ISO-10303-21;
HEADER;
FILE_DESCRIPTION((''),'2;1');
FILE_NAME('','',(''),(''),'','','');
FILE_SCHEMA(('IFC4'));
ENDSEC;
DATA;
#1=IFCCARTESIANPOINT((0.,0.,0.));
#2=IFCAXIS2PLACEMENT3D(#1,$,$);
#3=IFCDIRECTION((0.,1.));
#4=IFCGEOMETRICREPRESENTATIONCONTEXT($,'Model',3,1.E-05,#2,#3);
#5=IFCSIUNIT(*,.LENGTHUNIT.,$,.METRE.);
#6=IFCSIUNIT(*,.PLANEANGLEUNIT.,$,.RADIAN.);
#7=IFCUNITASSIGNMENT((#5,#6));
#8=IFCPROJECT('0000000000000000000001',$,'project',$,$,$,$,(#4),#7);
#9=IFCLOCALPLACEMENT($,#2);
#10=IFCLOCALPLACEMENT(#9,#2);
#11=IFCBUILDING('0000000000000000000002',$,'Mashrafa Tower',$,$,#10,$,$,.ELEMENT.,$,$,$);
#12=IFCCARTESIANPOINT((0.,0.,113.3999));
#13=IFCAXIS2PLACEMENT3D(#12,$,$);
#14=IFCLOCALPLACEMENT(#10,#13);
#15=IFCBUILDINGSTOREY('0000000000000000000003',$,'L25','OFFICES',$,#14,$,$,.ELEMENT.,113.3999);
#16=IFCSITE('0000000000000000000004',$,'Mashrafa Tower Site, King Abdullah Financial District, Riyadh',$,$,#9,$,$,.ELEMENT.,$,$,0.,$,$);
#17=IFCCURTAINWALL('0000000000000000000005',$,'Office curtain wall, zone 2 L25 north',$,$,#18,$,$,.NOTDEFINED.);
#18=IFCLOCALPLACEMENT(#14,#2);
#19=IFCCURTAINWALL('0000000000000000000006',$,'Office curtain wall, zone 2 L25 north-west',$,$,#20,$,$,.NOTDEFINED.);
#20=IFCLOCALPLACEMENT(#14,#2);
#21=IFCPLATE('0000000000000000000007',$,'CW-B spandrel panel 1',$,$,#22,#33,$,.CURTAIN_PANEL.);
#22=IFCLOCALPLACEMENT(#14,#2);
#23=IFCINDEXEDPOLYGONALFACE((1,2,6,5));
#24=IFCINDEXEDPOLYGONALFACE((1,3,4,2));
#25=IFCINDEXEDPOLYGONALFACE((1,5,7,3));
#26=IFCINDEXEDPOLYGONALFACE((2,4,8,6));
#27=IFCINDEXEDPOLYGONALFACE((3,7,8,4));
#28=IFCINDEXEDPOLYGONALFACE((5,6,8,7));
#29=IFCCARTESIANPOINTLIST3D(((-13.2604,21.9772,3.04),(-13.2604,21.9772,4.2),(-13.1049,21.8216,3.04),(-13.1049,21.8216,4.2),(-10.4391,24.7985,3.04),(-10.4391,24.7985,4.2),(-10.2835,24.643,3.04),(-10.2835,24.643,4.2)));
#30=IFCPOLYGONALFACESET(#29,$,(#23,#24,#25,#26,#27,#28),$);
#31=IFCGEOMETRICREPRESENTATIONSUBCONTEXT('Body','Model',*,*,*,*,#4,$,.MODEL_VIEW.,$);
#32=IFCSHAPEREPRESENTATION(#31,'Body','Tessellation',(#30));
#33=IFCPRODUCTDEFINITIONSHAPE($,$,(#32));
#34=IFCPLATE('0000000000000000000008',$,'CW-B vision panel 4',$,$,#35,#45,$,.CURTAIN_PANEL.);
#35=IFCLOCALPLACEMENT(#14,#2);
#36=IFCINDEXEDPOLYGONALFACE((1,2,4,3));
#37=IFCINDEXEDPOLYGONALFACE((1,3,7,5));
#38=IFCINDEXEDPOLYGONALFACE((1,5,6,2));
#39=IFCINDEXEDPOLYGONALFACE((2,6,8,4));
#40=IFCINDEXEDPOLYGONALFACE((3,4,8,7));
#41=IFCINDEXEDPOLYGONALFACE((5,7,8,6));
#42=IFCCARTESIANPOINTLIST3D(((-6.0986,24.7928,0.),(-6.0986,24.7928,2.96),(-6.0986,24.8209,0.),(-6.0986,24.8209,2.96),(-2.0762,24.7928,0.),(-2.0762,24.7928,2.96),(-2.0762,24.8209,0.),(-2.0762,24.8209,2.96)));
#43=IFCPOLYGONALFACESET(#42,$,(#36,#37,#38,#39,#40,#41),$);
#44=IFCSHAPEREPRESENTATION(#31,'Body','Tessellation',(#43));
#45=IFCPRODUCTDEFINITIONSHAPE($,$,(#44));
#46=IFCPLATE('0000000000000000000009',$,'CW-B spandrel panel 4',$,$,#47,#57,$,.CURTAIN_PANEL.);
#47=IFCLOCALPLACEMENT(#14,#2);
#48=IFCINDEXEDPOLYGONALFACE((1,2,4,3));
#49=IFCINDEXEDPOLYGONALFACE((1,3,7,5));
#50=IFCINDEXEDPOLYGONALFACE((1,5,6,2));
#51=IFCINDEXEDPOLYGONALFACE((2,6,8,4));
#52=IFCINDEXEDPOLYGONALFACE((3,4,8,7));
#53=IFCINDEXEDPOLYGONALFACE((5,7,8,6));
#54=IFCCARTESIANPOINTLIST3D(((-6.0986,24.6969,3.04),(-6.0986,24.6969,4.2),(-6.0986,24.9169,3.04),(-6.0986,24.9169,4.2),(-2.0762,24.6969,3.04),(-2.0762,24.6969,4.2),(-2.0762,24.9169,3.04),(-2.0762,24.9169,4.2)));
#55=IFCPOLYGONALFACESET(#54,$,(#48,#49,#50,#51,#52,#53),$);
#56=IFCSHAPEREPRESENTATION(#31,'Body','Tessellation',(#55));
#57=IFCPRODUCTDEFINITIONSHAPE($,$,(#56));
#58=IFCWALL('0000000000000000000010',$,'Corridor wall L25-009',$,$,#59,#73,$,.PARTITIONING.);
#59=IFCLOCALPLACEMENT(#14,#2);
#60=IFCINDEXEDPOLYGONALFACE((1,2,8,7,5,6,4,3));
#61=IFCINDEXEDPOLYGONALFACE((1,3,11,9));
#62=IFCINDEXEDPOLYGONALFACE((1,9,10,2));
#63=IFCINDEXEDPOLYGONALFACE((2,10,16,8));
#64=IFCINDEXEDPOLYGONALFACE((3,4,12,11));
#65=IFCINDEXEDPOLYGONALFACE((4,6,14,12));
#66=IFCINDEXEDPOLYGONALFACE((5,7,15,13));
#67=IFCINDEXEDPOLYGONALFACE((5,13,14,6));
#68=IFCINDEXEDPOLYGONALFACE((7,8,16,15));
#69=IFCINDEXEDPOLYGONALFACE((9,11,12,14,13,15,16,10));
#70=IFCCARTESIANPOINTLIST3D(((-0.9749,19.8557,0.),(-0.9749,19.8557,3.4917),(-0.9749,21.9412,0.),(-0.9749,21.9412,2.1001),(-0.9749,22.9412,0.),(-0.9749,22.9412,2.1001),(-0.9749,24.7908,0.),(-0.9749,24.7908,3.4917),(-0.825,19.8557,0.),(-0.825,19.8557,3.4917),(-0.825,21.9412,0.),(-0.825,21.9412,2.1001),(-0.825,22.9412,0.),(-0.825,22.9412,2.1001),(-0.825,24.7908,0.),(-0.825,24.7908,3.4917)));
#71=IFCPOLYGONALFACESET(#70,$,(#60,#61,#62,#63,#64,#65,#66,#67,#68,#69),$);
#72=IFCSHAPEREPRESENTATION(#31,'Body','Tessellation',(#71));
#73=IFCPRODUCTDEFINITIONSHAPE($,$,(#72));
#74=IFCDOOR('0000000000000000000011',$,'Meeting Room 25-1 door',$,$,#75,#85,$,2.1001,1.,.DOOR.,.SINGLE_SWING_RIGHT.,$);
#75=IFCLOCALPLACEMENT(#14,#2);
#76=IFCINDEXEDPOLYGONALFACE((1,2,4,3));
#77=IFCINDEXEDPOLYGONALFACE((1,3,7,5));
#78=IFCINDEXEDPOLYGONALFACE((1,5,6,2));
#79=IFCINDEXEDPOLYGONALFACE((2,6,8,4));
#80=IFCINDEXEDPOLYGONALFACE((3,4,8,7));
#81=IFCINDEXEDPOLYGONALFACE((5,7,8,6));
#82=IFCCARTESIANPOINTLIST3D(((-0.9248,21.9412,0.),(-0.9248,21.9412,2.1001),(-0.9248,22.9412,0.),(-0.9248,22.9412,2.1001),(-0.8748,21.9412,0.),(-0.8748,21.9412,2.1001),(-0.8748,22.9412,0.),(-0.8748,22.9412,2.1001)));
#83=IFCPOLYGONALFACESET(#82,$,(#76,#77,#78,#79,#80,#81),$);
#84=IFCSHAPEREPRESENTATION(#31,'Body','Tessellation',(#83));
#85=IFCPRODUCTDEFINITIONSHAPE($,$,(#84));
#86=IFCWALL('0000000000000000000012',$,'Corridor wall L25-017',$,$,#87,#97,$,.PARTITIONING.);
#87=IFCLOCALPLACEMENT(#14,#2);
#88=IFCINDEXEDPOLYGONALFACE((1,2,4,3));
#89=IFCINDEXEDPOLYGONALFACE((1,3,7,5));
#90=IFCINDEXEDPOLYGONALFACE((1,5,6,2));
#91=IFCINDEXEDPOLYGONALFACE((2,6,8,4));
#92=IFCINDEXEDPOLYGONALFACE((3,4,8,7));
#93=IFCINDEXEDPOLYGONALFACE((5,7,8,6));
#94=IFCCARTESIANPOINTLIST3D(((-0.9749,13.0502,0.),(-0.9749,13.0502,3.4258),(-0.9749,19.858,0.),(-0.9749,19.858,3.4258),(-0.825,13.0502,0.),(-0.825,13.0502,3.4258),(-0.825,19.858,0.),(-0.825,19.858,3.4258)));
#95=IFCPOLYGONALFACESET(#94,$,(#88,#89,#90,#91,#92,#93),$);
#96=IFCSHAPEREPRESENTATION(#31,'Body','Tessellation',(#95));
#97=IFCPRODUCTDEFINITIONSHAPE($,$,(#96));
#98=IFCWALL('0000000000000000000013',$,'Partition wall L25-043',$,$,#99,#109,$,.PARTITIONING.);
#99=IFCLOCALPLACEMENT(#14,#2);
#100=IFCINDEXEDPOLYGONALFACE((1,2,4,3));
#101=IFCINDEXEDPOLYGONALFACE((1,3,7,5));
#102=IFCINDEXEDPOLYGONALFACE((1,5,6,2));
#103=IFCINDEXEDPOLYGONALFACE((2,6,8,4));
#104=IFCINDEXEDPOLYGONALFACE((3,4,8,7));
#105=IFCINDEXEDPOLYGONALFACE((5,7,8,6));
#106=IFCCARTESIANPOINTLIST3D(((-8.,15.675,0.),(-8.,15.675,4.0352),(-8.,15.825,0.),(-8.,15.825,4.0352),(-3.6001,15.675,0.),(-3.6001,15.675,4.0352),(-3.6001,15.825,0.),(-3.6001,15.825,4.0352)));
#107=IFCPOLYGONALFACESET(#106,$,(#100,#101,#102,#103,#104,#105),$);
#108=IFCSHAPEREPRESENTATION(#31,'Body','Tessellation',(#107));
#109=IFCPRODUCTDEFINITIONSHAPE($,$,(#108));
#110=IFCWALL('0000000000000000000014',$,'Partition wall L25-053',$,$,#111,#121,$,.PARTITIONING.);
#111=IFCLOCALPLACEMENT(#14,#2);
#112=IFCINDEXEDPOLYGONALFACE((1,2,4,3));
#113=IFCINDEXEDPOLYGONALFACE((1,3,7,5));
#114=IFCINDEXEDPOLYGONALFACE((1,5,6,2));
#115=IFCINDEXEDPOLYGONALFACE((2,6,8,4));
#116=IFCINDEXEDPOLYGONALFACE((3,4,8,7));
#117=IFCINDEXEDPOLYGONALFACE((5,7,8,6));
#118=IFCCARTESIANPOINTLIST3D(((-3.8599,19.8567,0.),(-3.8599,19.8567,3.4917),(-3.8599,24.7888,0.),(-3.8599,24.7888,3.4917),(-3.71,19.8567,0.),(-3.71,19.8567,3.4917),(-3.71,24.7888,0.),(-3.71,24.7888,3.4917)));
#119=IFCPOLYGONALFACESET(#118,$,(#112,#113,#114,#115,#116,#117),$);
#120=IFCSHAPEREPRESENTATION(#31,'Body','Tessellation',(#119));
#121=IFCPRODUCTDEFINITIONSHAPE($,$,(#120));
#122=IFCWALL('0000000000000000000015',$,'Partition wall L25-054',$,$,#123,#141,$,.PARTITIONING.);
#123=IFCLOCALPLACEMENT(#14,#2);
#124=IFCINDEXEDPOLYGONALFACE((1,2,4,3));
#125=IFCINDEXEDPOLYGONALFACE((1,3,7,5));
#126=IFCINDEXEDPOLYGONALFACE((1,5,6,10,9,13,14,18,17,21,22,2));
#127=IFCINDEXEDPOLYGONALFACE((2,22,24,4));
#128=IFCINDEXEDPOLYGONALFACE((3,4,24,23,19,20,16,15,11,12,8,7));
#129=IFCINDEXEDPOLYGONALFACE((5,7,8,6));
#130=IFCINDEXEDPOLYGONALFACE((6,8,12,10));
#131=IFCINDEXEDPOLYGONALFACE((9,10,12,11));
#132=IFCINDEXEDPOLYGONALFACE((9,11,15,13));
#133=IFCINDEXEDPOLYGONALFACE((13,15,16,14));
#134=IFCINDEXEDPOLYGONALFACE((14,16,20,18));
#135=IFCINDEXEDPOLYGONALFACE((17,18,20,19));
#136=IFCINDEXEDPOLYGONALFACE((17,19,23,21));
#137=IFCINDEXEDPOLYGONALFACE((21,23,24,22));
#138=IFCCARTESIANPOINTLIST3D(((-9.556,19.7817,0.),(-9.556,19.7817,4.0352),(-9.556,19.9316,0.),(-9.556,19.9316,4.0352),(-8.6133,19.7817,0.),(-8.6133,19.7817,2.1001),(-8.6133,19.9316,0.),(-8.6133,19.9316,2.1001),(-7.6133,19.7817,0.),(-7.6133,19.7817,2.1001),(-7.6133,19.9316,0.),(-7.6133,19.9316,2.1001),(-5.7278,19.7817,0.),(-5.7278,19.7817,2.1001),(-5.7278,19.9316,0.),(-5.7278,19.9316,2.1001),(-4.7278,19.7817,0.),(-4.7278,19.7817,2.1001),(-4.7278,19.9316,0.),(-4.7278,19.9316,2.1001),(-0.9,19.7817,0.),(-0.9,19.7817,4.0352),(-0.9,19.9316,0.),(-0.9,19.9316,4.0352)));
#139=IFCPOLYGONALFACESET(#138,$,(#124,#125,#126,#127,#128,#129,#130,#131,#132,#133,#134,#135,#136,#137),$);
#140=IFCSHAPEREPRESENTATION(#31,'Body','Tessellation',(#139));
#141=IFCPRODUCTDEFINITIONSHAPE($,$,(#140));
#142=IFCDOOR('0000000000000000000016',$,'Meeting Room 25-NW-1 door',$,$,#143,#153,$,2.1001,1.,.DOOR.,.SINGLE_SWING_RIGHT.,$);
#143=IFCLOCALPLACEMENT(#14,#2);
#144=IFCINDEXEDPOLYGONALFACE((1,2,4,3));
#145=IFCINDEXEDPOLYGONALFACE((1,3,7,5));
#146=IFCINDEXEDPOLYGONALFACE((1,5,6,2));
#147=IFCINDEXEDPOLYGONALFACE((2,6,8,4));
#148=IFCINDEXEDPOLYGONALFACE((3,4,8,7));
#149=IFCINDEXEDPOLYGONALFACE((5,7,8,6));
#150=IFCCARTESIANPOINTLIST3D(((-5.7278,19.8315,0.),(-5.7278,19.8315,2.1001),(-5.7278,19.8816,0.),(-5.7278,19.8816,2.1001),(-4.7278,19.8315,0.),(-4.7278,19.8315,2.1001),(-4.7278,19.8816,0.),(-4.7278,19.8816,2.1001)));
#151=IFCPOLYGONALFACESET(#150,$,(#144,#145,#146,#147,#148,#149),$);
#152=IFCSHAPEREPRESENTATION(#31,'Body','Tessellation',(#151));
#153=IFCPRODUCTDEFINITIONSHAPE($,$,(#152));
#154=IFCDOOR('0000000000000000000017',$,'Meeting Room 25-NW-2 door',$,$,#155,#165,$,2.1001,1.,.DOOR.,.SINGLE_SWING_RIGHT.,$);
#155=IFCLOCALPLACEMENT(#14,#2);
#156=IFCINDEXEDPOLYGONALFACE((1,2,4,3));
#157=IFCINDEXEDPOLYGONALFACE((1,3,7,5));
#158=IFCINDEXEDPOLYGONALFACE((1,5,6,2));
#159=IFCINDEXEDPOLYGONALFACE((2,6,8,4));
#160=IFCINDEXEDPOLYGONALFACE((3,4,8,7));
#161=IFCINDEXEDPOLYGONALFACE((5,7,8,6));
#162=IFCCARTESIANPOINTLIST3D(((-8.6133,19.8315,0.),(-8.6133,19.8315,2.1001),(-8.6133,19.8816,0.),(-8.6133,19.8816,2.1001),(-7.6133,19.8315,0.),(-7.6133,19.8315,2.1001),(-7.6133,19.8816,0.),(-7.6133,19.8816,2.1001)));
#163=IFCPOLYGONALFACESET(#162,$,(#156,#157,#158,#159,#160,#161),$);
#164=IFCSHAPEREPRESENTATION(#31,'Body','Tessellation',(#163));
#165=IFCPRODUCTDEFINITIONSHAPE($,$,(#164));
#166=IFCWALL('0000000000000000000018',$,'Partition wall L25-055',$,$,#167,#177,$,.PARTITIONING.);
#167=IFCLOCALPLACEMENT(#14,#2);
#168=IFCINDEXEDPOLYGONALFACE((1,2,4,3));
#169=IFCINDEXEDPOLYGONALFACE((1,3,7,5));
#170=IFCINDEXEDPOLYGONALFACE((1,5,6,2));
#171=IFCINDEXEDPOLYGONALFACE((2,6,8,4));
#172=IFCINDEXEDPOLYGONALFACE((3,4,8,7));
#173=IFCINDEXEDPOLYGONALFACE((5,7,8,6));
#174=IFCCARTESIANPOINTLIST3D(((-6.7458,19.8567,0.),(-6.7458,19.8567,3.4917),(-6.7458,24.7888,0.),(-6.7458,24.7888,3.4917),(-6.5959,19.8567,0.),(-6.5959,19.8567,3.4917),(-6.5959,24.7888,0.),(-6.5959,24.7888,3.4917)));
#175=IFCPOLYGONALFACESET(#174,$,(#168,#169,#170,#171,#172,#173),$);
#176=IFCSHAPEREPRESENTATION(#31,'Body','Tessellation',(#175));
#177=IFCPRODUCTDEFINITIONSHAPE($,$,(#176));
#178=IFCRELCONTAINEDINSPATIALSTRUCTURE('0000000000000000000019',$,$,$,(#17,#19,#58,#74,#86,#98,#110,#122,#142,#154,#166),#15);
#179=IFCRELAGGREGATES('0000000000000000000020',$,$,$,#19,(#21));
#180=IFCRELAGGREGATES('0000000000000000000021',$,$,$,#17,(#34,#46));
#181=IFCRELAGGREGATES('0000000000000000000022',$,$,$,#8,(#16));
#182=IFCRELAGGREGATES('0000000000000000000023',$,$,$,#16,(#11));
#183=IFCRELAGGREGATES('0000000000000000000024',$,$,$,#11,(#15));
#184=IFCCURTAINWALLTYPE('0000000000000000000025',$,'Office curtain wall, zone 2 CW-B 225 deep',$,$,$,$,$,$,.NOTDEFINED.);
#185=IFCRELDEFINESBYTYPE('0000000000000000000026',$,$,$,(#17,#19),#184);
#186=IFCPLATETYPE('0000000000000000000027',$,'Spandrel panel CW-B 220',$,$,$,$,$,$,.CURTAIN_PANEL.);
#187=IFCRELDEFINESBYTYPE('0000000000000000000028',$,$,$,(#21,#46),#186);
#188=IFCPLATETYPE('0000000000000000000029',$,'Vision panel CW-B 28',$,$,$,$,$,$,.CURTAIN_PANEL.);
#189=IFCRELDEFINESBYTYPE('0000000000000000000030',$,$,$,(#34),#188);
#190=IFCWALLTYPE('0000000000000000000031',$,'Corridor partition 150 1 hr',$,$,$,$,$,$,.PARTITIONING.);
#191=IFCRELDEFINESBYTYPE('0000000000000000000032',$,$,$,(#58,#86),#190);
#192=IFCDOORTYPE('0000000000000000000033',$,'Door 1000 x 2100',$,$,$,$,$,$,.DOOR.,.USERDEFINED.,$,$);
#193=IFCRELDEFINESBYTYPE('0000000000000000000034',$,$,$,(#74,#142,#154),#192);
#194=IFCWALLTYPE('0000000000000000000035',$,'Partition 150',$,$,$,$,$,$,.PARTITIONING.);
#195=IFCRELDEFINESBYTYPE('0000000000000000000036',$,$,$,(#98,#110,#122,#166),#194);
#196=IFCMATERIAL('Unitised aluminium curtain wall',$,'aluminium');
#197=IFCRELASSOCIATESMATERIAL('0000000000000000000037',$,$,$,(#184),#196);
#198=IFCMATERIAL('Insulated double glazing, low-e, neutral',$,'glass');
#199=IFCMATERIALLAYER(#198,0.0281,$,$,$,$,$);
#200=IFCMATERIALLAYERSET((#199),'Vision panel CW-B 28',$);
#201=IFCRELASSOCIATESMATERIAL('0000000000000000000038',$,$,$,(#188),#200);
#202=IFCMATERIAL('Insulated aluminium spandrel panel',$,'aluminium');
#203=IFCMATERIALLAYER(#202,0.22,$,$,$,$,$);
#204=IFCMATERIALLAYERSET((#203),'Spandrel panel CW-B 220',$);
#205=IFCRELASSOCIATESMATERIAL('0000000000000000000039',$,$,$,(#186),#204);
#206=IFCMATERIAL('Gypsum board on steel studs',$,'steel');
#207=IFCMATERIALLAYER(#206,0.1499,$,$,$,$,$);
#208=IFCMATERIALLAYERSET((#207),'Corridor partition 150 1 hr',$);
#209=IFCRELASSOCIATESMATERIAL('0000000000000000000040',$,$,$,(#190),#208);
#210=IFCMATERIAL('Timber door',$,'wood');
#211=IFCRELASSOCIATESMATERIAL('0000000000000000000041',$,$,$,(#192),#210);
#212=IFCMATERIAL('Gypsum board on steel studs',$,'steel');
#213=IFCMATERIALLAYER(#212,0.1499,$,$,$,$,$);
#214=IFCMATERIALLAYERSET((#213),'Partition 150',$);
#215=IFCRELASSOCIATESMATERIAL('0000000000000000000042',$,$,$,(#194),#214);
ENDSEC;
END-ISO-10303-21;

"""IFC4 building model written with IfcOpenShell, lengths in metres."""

from ifc_helpers import new_model, si_unit, direction, frame, frame_2d, origin, origin_2d, place, context, subcontext, project, spatial, rectangle, extrude, source, transform, mapped, material, layer, layer_set, type_object, type_shapes, element, fill, aggregate, save


model = new_model("IFC4")

# Units and contexts
model_context = context("Model", 3, precision=1e-05, world=origin(), true_north=direction((0.0, 1.0)))
body_context = subcontext(model_context, "Body", "Model", "MODEL_VIEW")
ifc_project = project(units=[si_unit("LENGTHUNIT", "METRE"), si_unit("PLANEANGLEUNIT", "RADIAN")], contexts=[model_context])

# Site, building, storey
site_placement = place(None, origin())
site = spatial("IfcSite", under=ifc_project, at=site_placement, Name="Mashrafa Tower Site, King Abdullah Financial District, Riyadh", CompositionType="ELEMENT", RefElevation=0.0)
building_placement = place(site_placement, origin())
building = spatial("IfcBuilding", under=site, at=building_placement, Name="Mashrafa Tower", CompositionType="ELEMENT")
storey_placement = place(building_placement, frame((0.0, 0.0, 113.3999)))
storey = spatial("IfcBuildingStorey", under=building, at=storey_placement, Name="L25", Description="OFFICES", CompositionType="ELEMENT", Elevation=113.3999)

# Curtain wall
ifc_material_1 = material(Name="Unitised aluminium curtain wall", Category="aluminium")
curtain_wall_type = type_object("IfcCurtainWallType", Name="Office curtain wall, zone 2 CW-B 225 deep", PredefinedType="NOTDEFINED", material=ifc_material_1)
curtain_wall_1_placement = place(storey_placement, origin())
curtain_wall_1 = element("IfcCurtainWall", 1, at=curtain_wall_1_placement, inside=storey, type_object=curtain_wall_type, Name="Office curtain wall, zone 2 L25 north", PredefinedType="NOTDEFINED")

# Curtain wall
curtain_wall_2_placement = place(storey_placement, origin())
curtain_wall_2 = element("IfcCurtainWall", 2, at=curtain_wall_2_placement, inside=storey, type_object=curtain_wall_type, Name="Office curtain wall, zone 2 L25 north-west", PredefinedType="NOTDEFINED")

# Plates
ifc_material_2 = material(Name="Insulated double glazing, low-e, neutral", Category="glass")
ifc_layer_1 = layer(ifc_material_2, 0.0281)
ifc_layer_set_1 = layer_set([ifc_layer_1], Name="Vision panel CW-B 28")
plate_type_1 = type_object("IfcPlateType", Name="Vision panel CW-B 28", PredefinedType="CURTAIN_PANEL", material=ifc_layer_set_1)
ifc_material_3 = material(Name="Insulated aluminium spandrel panel", Category="aluminium")
ifc_layer_2 = layer(ifc_material_3, 0.22)
ifc_layer_set_2 = layer_set([ifc_layer_2], Name="Spandrel panel CW-B 220")
plate_type_2 = type_object("IfcPlateType", Name="Spandrel panel CW-B 220", PredefinedType="CURTAIN_PANEL", material=ifc_layer_set_2)
shared_shape_1 = source(origin(), body_context, "Body", "SweptSolid", [
    extrude(rectangle(XDim=3.99, YDim=0.22, at=origin_2d()), origin(), (0.0, 0.0, 1.0), 1.1599),
])
plate_1_placement = place(storey_placement, frame((-11.772, 23.3101, 3.04), z_axis=(0.0, 0.0, 1.0), x_axis=(-0.707107, -0.707107, 0.0)))
plate_1 = element("IfcPlate", 3, at=plate_1_placement, type_object=plate_type_2, Name="CW-B spandrel panel 1", PredefinedType="CURTAIN_PANEL", context=body_context, shape_type="MappedRepresentation", body=[
    mapped(shared_shape_1, transform((0.0, 0.0, 0.0))),
])
aggregate(curtain_wall_2, [plate_1])
shared_shape_2 = source(origin(), body_context, "Body", "SweptSolid", [
    extrude(rectangle(XDim=4.0225, YDim=0.0281, at=origin_2d()), origin(), (0.0, 0.0, 1.0), 2.96),
])
plate_2_placement = place(storey_placement, frame((-4.0874, 24.8069, 0.0), z_axis=(0.0, 0.0, 1.0), x_axis=(-1.0, 0.0, 0.0)))
plate_2 = element("IfcPlate", 4, at=plate_2_placement, type_object=plate_type_1, Name="CW-B vision panel 4", PredefinedType="CURTAIN_PANEL", context=body_context, shape_type="MappedRepresentation", body=[
    mapped(shared_shape_2, transform((0.0, 0.0, 0.0))),
])
shared_shape_3 = source(origin(), body_context, "Body", "SweptSolid", [
    extrude(rectangle(XDim=4.0225, YDim=0.22, at=origin_2d()), origin(), (0.0, 0.0, 1.0), 1.1599),
])
type_shapes(plate_type_2, [shared_shape_1, shared_shape_3])
plate_3_placement = place(storey_placement, frame((-4.0874, 24.8069, 3.04), z_axis=(0.0, 0.0, 1.0), x_axis=(-1.0, 0.0, 0.0)))
plate_3 = element("IfcPlate", 5, at=plate_3_placement, type_object=plate_type_2, Name="CW-B spandrel panel 4", PredefinedType="CURTAIN_PANEL", context=body_context, shape_type="MappedRepresentation", body=[
    mapped(shared_shape_3, transform((0.0, 0.0, 0.0))),
])
aggregate(curtain_wall_1, [plate_2, plate_3])

# Wall, opening, door
ifc_material_4 = material(Name="Gypsum board on steel studs", Category="steel")
ifc_layer_3 = layer(ifc_material_4, 0.1499)
ifc_layer_set_3 = layer_set([ifc_layer_3], Name="Corridor partition 150 1 hr")
wall_type_1 = type_object("IfcWallType", Name="Corridor partition 150 1 hr", PredefinedType="PARTITIONING", material=ifc_layer_set_3)
wall_1_placement = place(storey_placement, frame((-0.8999, 24.7908, 0.0), z_axis=(0.0, 0.0, 1.0), x_axis=(0.0, -1.0, 0.0)))
wall_1 = element("IfcWall", 6, at=wall_1_placement, inside=storey, type_object=wall_type_1, Name="Corridor wall L25-009", PredefinedType="PARTITIONING", context=body_context, shape_type="SweptSolid", body=[
    extrude(rectangle(XDim=4.9351, YDim=0.1499, at=frame_2d((2.4675, 0.0))), origin(), (0.0, 0.0, 1.0), 3.4917),
])
opening_1_placement = place(wall_1_placement, frame((1.8496, 0.0, 0.0)))
opening_1 = element("IfcOpeningElement", 7, at=opening_1_placement, cuts=wall_1, PredefinedType="OPENING", context=body_context, shape_type="SweptSolid", body=[
    extrude(rectangle(XDim=1.0, YDim=2.1001, at=frame_2d((0.5, 1.05))), frame((0.0, 0.085, 0.0), z_axis=(0.0, -1.0, 0.0), x_axis=(1.0, 0.0, 0.0)), (0.0, 0.0, 1.0), 0.1699),
])
ifc_material_5 = material(Name="Timber door", Category="wood")
door_type = type_object("IfcDoorType", Name="Door 1000 x 2100", OperationType="USERDEFINED", PredefinedType="DOOR", material=ifc_material_5)
door_1_placement = place(opening_1_placement, frame((1.0, 0.0, 0.0), z_axis=(0.0, 0.0, 1.0), x_axis=(-1.0, 0.0, 0.0)))
door_1 = element("IfcDoor", 8, at=door_1_placement, inside=storey, type_object=door_type, Name="Meeting Room 25-1 door", OperationType="SINGLE_SWING_RIGHT", OverallHeight=2.1001, OverallWidth=1.0, PredefinedType="DOOR", context=body_context, shape_type="SweptSolid", body=[
    extrude(rectangle(XDim=1.0, YDim=2.1001, at=frame_2d((0.5, 1.05))), frame((0.0, 0.0249, 0.0), z_axis=(0.0, -1.0, 0.0), x_axis=(1.0, 0.0, 0.0)), (0.0, 0.0, 1.0), 0.05),
])
fill(opening_1, door_1)

# Walls
wall_2_placement = place(storey_placement, frame((-0.8999, 19.8579, 0.0), z_axis=(0.0, 0.0, 1.0), x_axis=(0.0, -1.0, 0.0)))
element("IfcWall", 9, at=wall_2_placement, inside=storey, type_object=wall_type_1, Name="Corridor wall L25-017", PredefinedType="PARTITIONING", context=body_context, shape_type="SweptSolid", body=[
    extrude(rectangle(XDim=6.8079, YDim=0.1499, at=frame_2d((3.4038, 0.0))), origin(), (0.0, 0.0, 1.0), 3.4258),
])
ifc_material_6 = material(Name="Gypsum board on steel studs", Category="steel")
ifc_layer_4 = layer(ifc_material_6, 0.1499)
ifc_layer_set_4 = layer_set([ifc_layer_4], Name="Partition 150")
wall_type_2 = type_object("IfcWallType", Name="Partition 150", PredefinedType="PARTITIONING", material=ifc_layer_set_4)
wall_3_placement = place(storey_placement, frame((-3.6001, 15.75, 0.0), z_axis=(0.0, 0.0, 1.0), x_axis=(-1.0, 0.0, 0.0)))
element("IfcWall", 10, at=wall_3_placement, inside=storey, type_object=wall_type_2, Name="Partition wall L25-043", PredefinedType="PARTITIONING", context=body_context, shape_type="SweptSolid", body=[
    extrude(rectangle(XDim=4.3999, YDim=0.1499, at=frame_2d((2.2, 0.0))), origin(), (0.0, 0.0, 1.0), 4.0352),
])
wall_4_placement = place(storey_placement, frame((-3.7849, 24.7888, 0.0), z_axis=(0.0, 0.0, 1.0), x_axis=(0.0, -1.0, 0.0)))
element("IfcWall", 11, at=wall_4_placement, inside=storey, type_object=wall_type_2, Name="Partition wall L25-053", PredefinedType="PARTITIONING", context=body_context, shape_type="SweptSolid", body=[
    extrude(rectangle(XDim=4.9321, YDim=0.1499, at=frame_2d((2.4661, 0.0))), origin(), (0.0, 0.0, 1.0), 3.4917),
])

# Wall, openings, doors
wall_5_placement = place(storey_placement, frame((-0.8999, 19.8567, 0.0), z_axis=(0.0, 0.0, 1.0), x_axis=(-1.0, 0.0, 0.0)))
wall_5 = element("IfcWall", 12, at=wall_5_placement, inside=storey, type_object=wall_type_2, Name="Partition wall L25-054", PredefinedType="PARTITIONING", context=body_context, shape_type="SweptSolid", body=[
    extrude(rectangle(XDim=8.656, YDim=0.1499, at=frame_2d((4.3281, 0.0))), origin(), (0.0, 0.0, 1.0), 4.0352),
])
opening_2_placement = place(wall_5_placement, frame((3.8279, 0.0, 0.0)))
opening_2 = element("IfcOpeningElement", 13, at=opening_2_placement, cuts=wall_5, PredefinedType="OPENING", context=body_context, shape_type="SweptSolid", body=[
    extrude(rectangle(XDim=1.0, YDim=2.1001, at=frame_2d((0.5, 1.05))), frame((0.0, 0.085, 0.0), z_axis=(0.0, -1.0, 0.0), x_axis=(1.0, 0.0, 0.0)), (0.0, 0.0, 1.0), 0.1699),
])
opening_3_placement = place(wall_5_placement, frame((6.7134, 0.0, 0.0)))
opening_3 = element("IfcOpeningElement", 14, at=opening_3_placement, cuts=wall_5, PredefinedType="OPENING", context=body_context, shape_type="SweptSolid", body=[
    extrude(rectangle(XDim=1.0, YDim=2.1001, at=frame_2d((0.5, 1.05))), frame((0.0, 0.085, 0.0), z_axis=(0.0, -1.0, 0.0), x_axis=(1.0, 0.0, 0.0)), (0.0, 0.0, 1.0), 0.1699),
])
door_2_placement = place(opening_2_placement, frame((1.0, 0.0, 0.0), z_axis=(0.0, 0.0, 1.0), x_axis=(-1.0, 0.0, 0.0)))
door_2 = element("IfcDoor", 15, at=door_2_placement, inside=storey, type_object=door_type, Name="Meeting Room 25-NW-1 door", OperationType="SINGLE_SWING_RIGHT", OverallHeight=2.1001, OverallWidth=1.0, PredefinedType="DOOR", context=body_context, shape_type="SweptSolid", body=[
    extrude(rectangle(XDim=1.0, YDim=2.1001, at=frame_2d((0.5, 1.05))), frame((0.0, 0.0249, 0.0), z_axis=(0.0, -1.0, 0.0), x_axis=(1.0, 0.0, 0.0)), (0.0, 0.0, 1.0), 0.05),
])
fill(opening_2, door_2)
door_3_placement = place(opening_3_placement, frame((1.0, 0.0, 0.0), z_axis=(0.0, 0.0, 1.0), x_axis=(-1.0, 0.0, 0.0)))
door_3 = element("IfcDoor", 16, at=door_3_placement, inside=storey, type_object=door_type, Name="Meeting Room 25-NW-2 door", OperationType="SINGLE_SWING_RIGHT", OverallHeight=2.1001, OverallWidth=1.0, PredefinedType="DOOR", context=body_context, shape_type="SweptSolid", body=[
    extrude(rectangle(XDim=1.0, YDim=2.1001, at=frame_2d((0.5, 1.05))), frame((0.0, 0.0249, 0.0), z_axis=(0.0, -1.0, 0.0), x_axis=(1.0, 0.0, 0.0)), (0.0, 0.0, 1.0), 0.05),
])
fill(opening_3, door_3)

# Wall
wall_6_placement = place(storey_placement, frame((-6.6709, 24.7888, 0.0), z_axis=(0.0, 0.0, 1.0), x_axis=(0.0, -1.0, 0.0)))
element("IfcWall", 17, at=wall_6_placement, inside=storey, type_object=wall_type_2, Name="Partition wall L25-055", PredefinedType="PARTITIONING", context=body_context, shape_type="SweptSolid", body=[
    extrude(rectangle(XDim=4.9321, YDim=0.1499, at=frame_2d((2.4661, 0.0))), origin(), (0.0, 0.0, 1.0), 3.4917),
])

save(model, "model.ifc")
